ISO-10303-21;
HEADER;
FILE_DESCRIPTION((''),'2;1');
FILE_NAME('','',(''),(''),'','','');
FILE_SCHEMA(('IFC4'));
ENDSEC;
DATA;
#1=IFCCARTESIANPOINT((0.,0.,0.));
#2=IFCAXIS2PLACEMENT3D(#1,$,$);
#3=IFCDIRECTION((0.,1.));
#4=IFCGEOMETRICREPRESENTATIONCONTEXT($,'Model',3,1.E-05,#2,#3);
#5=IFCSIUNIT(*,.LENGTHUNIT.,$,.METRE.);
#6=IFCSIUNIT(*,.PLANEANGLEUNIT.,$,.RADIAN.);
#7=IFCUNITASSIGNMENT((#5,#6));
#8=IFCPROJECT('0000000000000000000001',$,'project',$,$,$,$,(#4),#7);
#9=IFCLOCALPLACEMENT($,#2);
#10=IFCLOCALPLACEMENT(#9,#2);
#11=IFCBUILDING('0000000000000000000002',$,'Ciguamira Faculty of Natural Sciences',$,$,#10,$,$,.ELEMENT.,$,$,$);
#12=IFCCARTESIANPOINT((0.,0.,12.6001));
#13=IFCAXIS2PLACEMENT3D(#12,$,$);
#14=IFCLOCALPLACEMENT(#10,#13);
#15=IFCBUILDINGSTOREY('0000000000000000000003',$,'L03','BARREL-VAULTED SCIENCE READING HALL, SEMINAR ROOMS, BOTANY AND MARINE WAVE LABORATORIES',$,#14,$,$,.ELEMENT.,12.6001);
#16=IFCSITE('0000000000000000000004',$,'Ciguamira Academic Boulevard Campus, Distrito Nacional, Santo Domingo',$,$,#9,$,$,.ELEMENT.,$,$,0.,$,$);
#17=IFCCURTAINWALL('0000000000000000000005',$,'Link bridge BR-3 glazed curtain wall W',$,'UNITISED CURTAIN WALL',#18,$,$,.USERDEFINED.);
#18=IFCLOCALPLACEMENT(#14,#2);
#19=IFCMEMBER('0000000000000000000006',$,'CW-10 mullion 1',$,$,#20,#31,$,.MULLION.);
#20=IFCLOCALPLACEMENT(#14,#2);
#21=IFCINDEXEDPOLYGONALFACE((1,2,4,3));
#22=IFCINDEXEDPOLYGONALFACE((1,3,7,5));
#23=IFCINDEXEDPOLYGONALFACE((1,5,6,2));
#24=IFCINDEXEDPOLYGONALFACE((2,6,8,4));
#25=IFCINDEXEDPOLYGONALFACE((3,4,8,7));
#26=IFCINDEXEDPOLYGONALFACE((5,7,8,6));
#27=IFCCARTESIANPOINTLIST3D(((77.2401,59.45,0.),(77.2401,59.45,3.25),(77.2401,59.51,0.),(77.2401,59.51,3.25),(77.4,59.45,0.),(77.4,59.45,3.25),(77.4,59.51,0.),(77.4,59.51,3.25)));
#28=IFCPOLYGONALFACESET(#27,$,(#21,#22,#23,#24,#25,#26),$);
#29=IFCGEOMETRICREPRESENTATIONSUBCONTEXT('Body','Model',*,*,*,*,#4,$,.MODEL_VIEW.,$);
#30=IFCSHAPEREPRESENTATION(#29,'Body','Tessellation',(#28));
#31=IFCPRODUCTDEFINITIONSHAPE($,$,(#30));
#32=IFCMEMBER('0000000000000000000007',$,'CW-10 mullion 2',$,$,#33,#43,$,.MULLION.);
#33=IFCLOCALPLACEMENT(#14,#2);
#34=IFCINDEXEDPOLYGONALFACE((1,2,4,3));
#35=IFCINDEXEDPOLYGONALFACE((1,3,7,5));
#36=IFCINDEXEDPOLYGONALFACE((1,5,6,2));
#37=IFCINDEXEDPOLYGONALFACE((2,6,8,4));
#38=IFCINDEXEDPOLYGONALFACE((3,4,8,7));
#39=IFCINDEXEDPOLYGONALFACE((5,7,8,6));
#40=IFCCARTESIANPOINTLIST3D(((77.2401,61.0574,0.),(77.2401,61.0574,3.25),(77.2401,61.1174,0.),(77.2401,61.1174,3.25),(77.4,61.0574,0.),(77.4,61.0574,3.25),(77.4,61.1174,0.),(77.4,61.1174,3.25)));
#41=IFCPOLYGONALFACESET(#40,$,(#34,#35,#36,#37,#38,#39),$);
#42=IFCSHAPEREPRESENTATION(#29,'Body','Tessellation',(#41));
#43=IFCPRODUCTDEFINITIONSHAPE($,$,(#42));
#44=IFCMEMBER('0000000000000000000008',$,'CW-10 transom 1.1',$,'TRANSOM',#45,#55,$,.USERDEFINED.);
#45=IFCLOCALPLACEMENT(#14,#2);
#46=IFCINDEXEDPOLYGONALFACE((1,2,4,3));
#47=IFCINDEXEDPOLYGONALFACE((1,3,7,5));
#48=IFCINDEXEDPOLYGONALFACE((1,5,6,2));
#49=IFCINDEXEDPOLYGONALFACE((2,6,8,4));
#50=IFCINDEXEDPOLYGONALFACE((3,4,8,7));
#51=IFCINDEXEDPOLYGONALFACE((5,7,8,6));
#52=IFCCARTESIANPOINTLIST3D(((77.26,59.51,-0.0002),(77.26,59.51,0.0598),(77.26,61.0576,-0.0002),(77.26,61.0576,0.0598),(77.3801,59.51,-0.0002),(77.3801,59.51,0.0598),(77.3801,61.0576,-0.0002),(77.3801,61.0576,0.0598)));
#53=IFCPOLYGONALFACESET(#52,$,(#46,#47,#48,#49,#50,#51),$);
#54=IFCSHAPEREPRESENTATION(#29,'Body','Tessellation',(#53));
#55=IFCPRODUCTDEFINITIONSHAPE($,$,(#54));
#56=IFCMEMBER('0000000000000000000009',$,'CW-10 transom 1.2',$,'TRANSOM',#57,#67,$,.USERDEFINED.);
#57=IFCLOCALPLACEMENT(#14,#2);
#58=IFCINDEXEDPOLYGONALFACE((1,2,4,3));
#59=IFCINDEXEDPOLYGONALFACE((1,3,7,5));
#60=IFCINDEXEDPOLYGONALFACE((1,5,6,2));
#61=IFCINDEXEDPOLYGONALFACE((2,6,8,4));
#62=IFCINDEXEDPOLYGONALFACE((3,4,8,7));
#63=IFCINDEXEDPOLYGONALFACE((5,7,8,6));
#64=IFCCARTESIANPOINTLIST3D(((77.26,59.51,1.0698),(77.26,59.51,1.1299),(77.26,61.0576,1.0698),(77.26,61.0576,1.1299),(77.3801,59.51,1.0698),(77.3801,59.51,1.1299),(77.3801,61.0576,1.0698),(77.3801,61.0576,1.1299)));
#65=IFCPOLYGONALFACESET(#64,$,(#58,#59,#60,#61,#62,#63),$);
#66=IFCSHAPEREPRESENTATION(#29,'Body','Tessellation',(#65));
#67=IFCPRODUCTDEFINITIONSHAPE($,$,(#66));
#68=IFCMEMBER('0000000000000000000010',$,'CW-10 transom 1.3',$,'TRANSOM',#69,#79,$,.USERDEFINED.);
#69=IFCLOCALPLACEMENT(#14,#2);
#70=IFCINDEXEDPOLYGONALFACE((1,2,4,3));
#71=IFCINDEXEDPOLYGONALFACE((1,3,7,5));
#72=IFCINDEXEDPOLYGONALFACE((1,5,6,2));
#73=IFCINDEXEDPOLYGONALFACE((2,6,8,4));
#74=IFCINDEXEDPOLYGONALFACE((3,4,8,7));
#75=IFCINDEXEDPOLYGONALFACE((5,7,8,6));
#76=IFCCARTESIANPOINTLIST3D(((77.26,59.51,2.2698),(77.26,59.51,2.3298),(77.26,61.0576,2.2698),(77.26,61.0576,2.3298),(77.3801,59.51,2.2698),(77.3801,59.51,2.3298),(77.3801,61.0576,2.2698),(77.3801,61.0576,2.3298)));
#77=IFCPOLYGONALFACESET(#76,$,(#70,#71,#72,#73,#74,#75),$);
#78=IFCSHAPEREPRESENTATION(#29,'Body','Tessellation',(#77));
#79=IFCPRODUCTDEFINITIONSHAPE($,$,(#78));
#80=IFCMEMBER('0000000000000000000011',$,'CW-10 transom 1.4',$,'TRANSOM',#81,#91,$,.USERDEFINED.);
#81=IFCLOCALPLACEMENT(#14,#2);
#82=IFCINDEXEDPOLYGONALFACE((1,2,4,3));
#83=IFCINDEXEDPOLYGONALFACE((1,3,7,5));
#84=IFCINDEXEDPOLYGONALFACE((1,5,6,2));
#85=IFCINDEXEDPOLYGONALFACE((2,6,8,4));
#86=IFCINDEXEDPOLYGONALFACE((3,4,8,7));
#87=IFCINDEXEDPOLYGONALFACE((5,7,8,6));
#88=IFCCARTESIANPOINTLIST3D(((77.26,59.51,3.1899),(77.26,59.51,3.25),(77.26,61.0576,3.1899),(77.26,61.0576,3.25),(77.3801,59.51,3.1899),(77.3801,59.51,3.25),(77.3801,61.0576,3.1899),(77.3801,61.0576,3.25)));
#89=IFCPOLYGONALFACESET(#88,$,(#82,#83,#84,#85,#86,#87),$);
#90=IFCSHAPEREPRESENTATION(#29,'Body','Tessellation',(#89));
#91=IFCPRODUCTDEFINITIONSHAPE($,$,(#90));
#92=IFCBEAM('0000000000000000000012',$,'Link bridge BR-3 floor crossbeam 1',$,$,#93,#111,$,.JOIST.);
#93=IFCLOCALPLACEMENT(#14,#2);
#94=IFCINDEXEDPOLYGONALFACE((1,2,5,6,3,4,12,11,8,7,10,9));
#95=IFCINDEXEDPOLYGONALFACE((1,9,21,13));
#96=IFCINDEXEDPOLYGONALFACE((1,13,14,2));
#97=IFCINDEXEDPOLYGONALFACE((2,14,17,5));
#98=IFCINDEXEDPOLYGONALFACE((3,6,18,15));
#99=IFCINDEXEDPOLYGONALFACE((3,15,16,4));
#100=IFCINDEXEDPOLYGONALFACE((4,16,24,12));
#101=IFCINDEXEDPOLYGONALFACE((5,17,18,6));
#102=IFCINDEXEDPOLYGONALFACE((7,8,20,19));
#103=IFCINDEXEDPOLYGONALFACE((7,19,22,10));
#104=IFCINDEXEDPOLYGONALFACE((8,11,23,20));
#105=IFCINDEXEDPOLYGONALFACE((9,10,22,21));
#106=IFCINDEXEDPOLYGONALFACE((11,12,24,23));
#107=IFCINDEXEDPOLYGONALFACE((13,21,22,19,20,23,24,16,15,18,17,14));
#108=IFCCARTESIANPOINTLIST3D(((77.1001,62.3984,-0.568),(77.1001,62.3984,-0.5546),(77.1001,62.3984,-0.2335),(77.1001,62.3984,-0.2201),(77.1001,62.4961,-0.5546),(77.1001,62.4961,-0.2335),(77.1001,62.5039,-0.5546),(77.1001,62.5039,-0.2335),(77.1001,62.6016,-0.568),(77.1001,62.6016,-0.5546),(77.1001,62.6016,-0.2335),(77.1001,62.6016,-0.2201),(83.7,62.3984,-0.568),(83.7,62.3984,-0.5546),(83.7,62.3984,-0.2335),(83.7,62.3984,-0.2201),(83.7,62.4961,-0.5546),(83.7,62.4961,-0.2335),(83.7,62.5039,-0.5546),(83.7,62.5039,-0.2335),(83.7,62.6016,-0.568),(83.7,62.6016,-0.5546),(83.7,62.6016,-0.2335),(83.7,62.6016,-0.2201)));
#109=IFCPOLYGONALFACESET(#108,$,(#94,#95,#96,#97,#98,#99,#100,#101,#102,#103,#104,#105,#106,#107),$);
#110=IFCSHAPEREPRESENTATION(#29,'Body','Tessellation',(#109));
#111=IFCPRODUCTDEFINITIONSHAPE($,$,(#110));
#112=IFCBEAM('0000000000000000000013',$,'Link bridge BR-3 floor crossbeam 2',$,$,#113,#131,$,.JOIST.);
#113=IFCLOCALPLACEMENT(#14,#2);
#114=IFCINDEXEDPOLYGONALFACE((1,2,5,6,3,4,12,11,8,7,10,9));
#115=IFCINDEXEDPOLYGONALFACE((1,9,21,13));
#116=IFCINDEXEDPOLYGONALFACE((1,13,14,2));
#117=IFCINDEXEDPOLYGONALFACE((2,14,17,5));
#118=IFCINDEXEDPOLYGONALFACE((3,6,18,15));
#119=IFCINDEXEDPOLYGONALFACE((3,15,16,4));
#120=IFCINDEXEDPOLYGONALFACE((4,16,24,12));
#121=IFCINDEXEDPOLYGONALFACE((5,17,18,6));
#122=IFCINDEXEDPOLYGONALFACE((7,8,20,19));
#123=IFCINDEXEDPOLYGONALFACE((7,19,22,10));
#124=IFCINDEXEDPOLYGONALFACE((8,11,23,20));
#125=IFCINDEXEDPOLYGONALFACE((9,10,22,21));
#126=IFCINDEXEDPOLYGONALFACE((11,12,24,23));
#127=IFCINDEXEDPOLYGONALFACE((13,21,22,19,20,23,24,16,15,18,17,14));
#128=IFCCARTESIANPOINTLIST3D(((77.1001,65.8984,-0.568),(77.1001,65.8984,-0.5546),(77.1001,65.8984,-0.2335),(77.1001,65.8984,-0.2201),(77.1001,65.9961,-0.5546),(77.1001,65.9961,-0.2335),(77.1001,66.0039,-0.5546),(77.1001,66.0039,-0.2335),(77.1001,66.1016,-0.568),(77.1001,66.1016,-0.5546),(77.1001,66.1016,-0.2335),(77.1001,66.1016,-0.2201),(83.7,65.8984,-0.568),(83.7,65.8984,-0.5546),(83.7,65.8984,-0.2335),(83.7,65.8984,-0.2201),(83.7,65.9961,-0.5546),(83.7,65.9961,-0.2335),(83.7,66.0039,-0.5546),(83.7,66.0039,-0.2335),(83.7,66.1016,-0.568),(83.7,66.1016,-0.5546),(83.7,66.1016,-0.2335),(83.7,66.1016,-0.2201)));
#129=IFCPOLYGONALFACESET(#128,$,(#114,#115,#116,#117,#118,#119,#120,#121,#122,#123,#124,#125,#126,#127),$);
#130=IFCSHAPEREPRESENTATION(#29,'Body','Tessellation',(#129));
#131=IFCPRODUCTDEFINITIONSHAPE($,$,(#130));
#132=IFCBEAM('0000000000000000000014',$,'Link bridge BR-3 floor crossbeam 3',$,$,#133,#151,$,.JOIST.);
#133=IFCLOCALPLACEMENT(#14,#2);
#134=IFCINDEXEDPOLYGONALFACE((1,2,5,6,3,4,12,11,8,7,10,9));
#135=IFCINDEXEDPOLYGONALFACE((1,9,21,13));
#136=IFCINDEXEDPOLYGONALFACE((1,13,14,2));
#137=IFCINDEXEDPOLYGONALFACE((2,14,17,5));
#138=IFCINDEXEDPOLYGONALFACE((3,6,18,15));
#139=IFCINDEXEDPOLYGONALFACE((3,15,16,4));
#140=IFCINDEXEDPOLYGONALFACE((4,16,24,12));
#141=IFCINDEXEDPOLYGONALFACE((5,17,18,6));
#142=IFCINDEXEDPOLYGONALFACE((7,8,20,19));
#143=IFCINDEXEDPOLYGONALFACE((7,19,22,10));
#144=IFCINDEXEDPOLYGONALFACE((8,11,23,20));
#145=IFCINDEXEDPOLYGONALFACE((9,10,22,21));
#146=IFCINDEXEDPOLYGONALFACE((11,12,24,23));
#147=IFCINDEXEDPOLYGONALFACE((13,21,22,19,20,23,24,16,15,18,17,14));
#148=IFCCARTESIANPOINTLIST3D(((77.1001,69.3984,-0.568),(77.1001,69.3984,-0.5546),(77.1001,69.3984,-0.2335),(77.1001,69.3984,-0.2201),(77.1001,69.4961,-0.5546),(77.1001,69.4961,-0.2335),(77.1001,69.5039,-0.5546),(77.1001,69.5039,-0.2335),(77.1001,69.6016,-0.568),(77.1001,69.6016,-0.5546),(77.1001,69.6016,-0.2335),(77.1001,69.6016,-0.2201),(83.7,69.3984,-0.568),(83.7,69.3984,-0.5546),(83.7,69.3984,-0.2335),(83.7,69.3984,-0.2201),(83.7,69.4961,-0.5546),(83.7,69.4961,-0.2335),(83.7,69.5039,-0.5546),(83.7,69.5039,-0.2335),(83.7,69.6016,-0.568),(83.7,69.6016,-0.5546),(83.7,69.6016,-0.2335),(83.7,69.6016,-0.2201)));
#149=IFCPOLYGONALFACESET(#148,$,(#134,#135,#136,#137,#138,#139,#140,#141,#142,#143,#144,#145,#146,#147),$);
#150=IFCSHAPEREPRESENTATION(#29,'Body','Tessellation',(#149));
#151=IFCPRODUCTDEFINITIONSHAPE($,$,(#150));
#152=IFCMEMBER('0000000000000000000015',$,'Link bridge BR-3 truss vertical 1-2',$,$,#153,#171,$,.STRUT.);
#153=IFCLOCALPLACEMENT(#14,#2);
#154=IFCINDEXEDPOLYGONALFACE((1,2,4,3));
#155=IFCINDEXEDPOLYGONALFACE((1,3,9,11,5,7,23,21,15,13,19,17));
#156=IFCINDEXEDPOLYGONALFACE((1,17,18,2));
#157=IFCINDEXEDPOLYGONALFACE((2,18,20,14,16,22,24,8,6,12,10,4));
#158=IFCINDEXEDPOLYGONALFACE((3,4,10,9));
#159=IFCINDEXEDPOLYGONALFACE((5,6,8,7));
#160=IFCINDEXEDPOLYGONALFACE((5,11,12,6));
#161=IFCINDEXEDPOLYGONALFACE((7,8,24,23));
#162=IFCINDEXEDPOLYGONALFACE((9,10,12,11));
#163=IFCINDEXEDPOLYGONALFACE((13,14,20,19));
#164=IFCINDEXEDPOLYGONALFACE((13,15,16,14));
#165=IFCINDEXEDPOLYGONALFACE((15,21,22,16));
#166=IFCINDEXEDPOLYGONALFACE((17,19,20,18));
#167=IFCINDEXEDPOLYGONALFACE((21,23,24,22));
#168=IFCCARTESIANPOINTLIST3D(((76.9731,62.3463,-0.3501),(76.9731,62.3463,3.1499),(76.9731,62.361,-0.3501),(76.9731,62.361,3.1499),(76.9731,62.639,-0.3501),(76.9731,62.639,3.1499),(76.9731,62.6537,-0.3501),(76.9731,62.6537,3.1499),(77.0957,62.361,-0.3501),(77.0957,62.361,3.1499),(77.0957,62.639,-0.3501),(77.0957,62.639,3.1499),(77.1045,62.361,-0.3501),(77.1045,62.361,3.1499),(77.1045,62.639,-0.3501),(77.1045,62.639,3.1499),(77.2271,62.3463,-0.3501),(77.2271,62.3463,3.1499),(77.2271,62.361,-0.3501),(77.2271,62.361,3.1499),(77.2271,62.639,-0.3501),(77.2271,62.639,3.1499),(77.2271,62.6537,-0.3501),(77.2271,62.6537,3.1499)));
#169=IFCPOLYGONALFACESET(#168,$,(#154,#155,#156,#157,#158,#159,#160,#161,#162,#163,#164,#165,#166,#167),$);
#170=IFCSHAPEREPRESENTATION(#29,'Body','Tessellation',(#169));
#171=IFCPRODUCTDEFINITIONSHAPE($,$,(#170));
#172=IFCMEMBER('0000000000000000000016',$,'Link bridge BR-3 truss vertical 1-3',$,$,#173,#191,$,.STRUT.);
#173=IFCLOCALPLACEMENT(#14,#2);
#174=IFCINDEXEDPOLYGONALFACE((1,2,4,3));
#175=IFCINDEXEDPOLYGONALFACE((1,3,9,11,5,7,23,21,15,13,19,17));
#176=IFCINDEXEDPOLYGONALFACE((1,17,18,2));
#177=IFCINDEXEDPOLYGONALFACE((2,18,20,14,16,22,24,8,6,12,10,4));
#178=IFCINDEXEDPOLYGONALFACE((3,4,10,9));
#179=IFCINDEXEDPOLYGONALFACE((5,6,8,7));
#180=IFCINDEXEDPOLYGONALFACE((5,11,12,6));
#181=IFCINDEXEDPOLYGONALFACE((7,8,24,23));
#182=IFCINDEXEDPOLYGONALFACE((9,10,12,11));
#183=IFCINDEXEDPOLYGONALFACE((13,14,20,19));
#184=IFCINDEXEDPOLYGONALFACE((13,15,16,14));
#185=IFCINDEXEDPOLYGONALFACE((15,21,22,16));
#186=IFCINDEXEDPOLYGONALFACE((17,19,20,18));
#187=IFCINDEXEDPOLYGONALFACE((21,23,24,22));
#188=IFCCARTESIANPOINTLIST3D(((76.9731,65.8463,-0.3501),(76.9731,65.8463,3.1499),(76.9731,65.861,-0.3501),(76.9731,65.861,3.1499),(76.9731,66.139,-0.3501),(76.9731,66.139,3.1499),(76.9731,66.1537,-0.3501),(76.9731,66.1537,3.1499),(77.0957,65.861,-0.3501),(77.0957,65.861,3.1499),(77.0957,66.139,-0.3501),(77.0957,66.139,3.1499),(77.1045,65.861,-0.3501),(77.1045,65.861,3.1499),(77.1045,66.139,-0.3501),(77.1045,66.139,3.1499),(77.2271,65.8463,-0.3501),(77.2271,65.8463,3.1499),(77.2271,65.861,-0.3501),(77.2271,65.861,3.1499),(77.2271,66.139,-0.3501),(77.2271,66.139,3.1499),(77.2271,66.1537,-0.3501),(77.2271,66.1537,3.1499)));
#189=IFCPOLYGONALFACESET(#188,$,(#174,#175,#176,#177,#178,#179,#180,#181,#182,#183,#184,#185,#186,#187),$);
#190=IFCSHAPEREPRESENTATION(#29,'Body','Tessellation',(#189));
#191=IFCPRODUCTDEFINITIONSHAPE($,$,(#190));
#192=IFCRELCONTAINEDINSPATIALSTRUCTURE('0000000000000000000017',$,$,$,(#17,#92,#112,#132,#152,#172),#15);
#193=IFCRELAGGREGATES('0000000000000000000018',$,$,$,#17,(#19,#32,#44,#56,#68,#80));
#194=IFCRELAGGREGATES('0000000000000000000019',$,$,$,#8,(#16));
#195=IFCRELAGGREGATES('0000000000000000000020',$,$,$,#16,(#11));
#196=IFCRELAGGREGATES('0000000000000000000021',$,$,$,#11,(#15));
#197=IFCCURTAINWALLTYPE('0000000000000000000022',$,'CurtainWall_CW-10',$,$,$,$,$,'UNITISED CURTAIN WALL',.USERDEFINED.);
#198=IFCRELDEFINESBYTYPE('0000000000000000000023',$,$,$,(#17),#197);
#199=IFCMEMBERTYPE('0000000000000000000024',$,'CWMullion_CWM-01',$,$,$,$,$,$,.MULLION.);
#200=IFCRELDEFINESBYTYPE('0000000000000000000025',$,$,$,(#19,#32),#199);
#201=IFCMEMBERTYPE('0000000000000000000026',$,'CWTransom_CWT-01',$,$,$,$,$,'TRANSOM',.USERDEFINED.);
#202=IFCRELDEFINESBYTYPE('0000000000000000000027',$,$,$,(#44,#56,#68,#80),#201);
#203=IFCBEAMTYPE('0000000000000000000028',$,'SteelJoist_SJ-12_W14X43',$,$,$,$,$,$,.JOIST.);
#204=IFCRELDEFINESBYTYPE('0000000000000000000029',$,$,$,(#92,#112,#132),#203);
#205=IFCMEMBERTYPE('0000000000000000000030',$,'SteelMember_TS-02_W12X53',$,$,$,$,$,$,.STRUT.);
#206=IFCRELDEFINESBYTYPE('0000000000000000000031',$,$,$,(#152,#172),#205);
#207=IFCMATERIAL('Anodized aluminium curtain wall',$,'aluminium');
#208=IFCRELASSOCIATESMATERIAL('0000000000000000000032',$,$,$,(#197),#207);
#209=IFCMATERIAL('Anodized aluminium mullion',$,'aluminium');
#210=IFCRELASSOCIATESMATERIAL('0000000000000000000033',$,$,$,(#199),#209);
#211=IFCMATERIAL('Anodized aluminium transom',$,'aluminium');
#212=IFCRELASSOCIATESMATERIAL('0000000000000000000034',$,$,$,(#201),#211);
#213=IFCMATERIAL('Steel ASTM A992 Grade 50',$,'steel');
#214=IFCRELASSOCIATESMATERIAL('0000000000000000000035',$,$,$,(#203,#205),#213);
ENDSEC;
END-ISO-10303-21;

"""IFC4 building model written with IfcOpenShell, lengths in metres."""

from ifc_helpers import new_model, si_unit, direction, frame, origin, origin_2d, place, context, subcontext, project, spatial, rectangle, i_section, extrude, material, material_profile, profile_set, type_object, element, aggregate, save


model = new_model("IFC4")

# Units and contexts
model_context = context("Model", 3, precision=1e-05, world=origin(), true_north=direction((0.0, 1.0)))
body_context = subcontext(model_context, "Body", "Model", "MODEL_VIEW")
ifc_project = project(units=[si_unit("LENGTHUNIT", "METRE"), si_unit("PLANEANGLEUNIT", "RADIAN")], contexts=[model_context])

# Site, building, storey
site_placement = place(None, origin())
site = spatial("IfcSite", under=ifc_project, at=site_placement, Name="Ciguamira Academic Boulevard Campus, Distrito Nacional, Santo Domingo", CompositionType="ELEMENT", RefElevation=0.0)
building_placement = place(site_placement, origin())
building = spatial("IfcBuilding", under=site, at=building_placement, Name="Ciguamira Faculty of Natural Sciences", CompositionType="ELEMENT")
storey_placement = place(building_placement, frame((0.0, 0.0, 12.6001)))
storey = spatial("IfcBuildingStorey", under=building, at=storey_placement, Name="L03", Description="BARREL-VAULTED SCIENCE READING HALL, SEMINAR ROOMS, BOTANY AND MARINE WAVE LABORATORIES", CompositionType="ELEMENT", Elevation=12.6001)

# Curtain wall, members
ifc_material_1 = material(Name="Anodized aluminium curtain wall", Category="aluminium")
curtain_wall_type = type_object("IfcCurtainWallType", Name="CurtainWall_CW-10", ElementType="UNITISED CURTAIN WALL", PredefinedType="USERDEFINED", material=ifc_material_1)
curtain_wall_placement = place(storey_placement, origin())
curtain_wall = element("IfcCurtainWall", 1, at=curtain_wall_placement, inside=storey, type_object=curtain_wall_type, Name="Link bridge BR-3 glazed curtain wall W", ObjectType="UNITISED CURTAIN WALL", PredefinedType="USERDEFINED")
ifc_material_2 = material(Name="Anodized aluminium mullion", Category="aluminium")
ifc_material_profile_1 = material_profile(ifc_material_2, rectangle(XDim=0.0601, YDim=0.1599, at=origin_2d()), Name="ALU-MUL-60X160")
ifc_profile_set_1 = profile_set([ifc_material_profile_1], Name="Anodized aluminium mullion")
member_type_1 = type_object("IfcMemberType", Name="CWMullion_CWM-01", PredefinedType="MULLION", material=ifc_profile_set_1)
member_1_placement = place(storey_placement, frame((77.3201, 59.48, 0.0), z_axis=(0.0, 0.0, 1.0), x_axis=(0.0, 1.0, 0.0)))
member_1 = element("IfcMember", 2, at=member_1_placement, type_object=member_type_1, Name="CW-10 mullion 1", PredefinedType="MULLION", context=body_context, shape_type="SweptSolid", body=[
    extrude(rectangle(XDim=0.0601, YDim=0.1599, at=origin_2d()), origin(), (0.0, 0.0, 1.0), 3.25),
])
member_2_placement = place(storey_placement, frame((77.3201, 61.0874, 0.0), z_axis=(0.0, 0.0, 1.0), x_axis=(0.0, 1.0, 0.0)))
member_2 = element("IfcMember", 3, at=member_2_placement, type_object=member_type_1, Name="CW-10 mullion 2", PredefinedType="MULLION", context=body_context, shape_type="SweptSolid", body=[
    extrude(rectangle(XDim=0.0601, YDim=0.1599, at=origin_2d()), origin(), (0.0, 0.0, 1.0), 3.25),
])
ifc_material_3 = material(Name="Anodized aluminium transom", Category="aluminium")
ifc_material_profile_2 = material_profile(ifc_material_3, rectangle(XDim=0.0601, YDim=0.1201, at=origin_2d()), Name="ALU-TRN-60X120")
ifc_profile_set_2 = profile_set([ifc_material_profile_2], Name="Anodized aluminium transom")
member_type_2 = type_object("IfcMemberType", Name="CWTransom_CWT-01", ElementType="TRANSOM", PredefinedType="USERDEFINED", material=ifc_profile_set_2)
member_3_placement = place(storey_placement, frame((77.3201, 59.51, 0.0298), z_axis=(0.0, 1.0, 0.0), x_axis=(0.0, 0.0, 1.0)))
member_3 = element("IfcMember", 4, at=member_3_placement, type_object=member_type_2, Name="CW-10 transom 1.1", ObjectType="TRANSOM", PredefinedType="USERDEFINED", context=body_context, shape_type="SweptSolid", body=[
    extrude(rectangle(XDim=0.0601, YDim=0.1201, at=origin_2d()), origin(), (0.0, 0.0, 1.0), 1.5476),
])
member_4_placement = place(storey_placement, frame((77.3201, 59.51, 1.0999), z_axis=(0.0, 1.0, 0.0), x_axis=(0.0, 0.0, 1.0)))
member_4 = element("IfcMember", 5, at=member_4_placement, type_object=member_type_2, Name="CW-10 transom 1.2", ObjectType="TRANSOM", PredefinedType="USERDEFINED", context=body_context, shape_type="SweptSolid", body=[
    extrude(rectangle(XDim=0.0601, YDim=0.1201, at=origin_2d()), origin(), (0.0, 0.0, 1.0), 1.5476),
])
member_5_placement = place(storey_placement, frame((77.3201, 59.51, 2.2998), z_axis=(0.0, 1.0, 0.0), x_axis=(0.0, 0.0, 1.0)))
member_5 = element("IfcMember", 6, at=member_5_placement, type_object=member_type_2, Name="CW-10 transom 1.3", ObjectType="TRANSOM", PredefinedType="USERDEFINED", context=body_context, shape_type="SweptSolid", body=[
    extrude(rectangle(XDim=0.0601, YDim=0.1201, at=origin_2d()), origin(), (0.0, 0.0, 1.0), 1.5476),
])
member_6_placement = place(storey_placement, frame((77.3201, 59.51, 3.22), z_axis=(0.0, 1.0, 0.0), x_axis=(0.0, 0.0, 1.0)))
member_6 = element("IfcMember", 7, at=member_6_placement, type_object=member_type_2, Name="CW-10 transom 1.4", ObjectType="TRANSOM", PredefinedType="USERDEFINED", context=body_context, shape_type="SweptSolid", body=[
    extrude(rectangle(XDim=0.0601, YDim=0.1201, at=origin_2d()), origin(), (0.0, 0.0, 1.0), 1.5476),
])

# Beams
ifc_material_4 = material(Name="Steel ASTM A992 Grade 50", Category="steel")
ifc_material_profile_3 = material_profile(ifc_material_4, i_section(OverallWidth=0.2031, OverallDepth=0.3479, WebThickness=0.0078, FlangeThickness=0.0134, at=origin_2d()), Name="W14X43")
ifc_profile_set_3 = profile_set([ifc_material_profile_3], Name="Steel ASTM A992 Grade 50")
beam_type = type_object("IfcBeamType", Name="SteelJoist_SJ-12_W14X43", PredefinedType="JOIST", material=ifc_profile_set_3)
for number, where, z_axis, x_axis, name in (
    (8, (77.1001, 62.5, -0.394), (1.0, 0.0, 0.0), (0.0, 1.0, 0.0), "Link bridge BR-3 floor crossbeam 1"),
    (9, (77.1001, 66.0, -0.394), (1.0, 0.0, 0.0), (0.0, 1.0, 0.0), "Link bridge BR-3 floor crossbeam 2"),
    (10, (77.1001, 69.5, -0.394), (1.0, 0.0, 0.0), (0.0, 1.0, 0.0), "Link bridge BR-3 floor crossbeam 3"),
):
    element("IfcBeam", number, at=place(storey_placement, frame(where, z_axis=z_axis, x_axis=x_axis)), inside=storey, type_object=beam_type, Name=name, PredefinedType="JOIST", context=body_context, shape_type="SweptSolid", body=[
        extrude(i_section(OverallWidth=0.2031, OverallDepth=0.3479, WebThickness=0.0078, FlangeThickness=0.0134, at=origin_2d()), origin(), (0.0, 0.0, 1.0), 6.5999),
    ])

# Members
ifc_material_profile_4 = material_profile(ifc_material_4, i_section(OverallWidth=0.2539, OverallDepth=0.3074, WebThickness=0.0088, FlangeThickness=0.0146, at=origin_2d()), Name="W12X53")
ifc_profile_set_4 = profile_set([ifc_material_profile_4], Name="Steel ASTM A992 Grade 50")
member_type_3 = type_object("IfcMemberType", Name="SteelMember_TS-02_W12X53", PredefinedType="STRUT", material=ifc_profile_set_4)
for number, where, z_axis, x_axis, name in (
    (11, (77.1001, 62.5, -0.3501), (0.0, 0.0, 1.0), (1.0, 0.0, 0.0), "Link bridge BR-3 truss vertical 1-2"),
    (12, (77.1001, 66.0, -0.3501), (0.0, 0.0, 1.0), (1.0, 0.0, 0.0), "Link bridge BR-3 truss vertical 1-3"),
):
    element("IfcMember", number, at=place(storey_placement, frame(where, z_axis=z_axis, x_axis=x_axis)), inside=storey, type_object=member_type_3, Name=name, PredefinedType="STRUT", context=body_context, shape_type="SweptSolid", body=[
        extrude(i_section(OverallWidth=0.2539, OverallDepth=0.3074, WebThickness=0.0088, FlangeThickness=0.0146, at=origin_2d()), origin(), (0.0, 0.0, 1.0), 3.5),
    ])

aggregate(curtain_wall, [member_1, member_2, member_3, member_4, member_5, member_6])

save(model, "model.ifc")
